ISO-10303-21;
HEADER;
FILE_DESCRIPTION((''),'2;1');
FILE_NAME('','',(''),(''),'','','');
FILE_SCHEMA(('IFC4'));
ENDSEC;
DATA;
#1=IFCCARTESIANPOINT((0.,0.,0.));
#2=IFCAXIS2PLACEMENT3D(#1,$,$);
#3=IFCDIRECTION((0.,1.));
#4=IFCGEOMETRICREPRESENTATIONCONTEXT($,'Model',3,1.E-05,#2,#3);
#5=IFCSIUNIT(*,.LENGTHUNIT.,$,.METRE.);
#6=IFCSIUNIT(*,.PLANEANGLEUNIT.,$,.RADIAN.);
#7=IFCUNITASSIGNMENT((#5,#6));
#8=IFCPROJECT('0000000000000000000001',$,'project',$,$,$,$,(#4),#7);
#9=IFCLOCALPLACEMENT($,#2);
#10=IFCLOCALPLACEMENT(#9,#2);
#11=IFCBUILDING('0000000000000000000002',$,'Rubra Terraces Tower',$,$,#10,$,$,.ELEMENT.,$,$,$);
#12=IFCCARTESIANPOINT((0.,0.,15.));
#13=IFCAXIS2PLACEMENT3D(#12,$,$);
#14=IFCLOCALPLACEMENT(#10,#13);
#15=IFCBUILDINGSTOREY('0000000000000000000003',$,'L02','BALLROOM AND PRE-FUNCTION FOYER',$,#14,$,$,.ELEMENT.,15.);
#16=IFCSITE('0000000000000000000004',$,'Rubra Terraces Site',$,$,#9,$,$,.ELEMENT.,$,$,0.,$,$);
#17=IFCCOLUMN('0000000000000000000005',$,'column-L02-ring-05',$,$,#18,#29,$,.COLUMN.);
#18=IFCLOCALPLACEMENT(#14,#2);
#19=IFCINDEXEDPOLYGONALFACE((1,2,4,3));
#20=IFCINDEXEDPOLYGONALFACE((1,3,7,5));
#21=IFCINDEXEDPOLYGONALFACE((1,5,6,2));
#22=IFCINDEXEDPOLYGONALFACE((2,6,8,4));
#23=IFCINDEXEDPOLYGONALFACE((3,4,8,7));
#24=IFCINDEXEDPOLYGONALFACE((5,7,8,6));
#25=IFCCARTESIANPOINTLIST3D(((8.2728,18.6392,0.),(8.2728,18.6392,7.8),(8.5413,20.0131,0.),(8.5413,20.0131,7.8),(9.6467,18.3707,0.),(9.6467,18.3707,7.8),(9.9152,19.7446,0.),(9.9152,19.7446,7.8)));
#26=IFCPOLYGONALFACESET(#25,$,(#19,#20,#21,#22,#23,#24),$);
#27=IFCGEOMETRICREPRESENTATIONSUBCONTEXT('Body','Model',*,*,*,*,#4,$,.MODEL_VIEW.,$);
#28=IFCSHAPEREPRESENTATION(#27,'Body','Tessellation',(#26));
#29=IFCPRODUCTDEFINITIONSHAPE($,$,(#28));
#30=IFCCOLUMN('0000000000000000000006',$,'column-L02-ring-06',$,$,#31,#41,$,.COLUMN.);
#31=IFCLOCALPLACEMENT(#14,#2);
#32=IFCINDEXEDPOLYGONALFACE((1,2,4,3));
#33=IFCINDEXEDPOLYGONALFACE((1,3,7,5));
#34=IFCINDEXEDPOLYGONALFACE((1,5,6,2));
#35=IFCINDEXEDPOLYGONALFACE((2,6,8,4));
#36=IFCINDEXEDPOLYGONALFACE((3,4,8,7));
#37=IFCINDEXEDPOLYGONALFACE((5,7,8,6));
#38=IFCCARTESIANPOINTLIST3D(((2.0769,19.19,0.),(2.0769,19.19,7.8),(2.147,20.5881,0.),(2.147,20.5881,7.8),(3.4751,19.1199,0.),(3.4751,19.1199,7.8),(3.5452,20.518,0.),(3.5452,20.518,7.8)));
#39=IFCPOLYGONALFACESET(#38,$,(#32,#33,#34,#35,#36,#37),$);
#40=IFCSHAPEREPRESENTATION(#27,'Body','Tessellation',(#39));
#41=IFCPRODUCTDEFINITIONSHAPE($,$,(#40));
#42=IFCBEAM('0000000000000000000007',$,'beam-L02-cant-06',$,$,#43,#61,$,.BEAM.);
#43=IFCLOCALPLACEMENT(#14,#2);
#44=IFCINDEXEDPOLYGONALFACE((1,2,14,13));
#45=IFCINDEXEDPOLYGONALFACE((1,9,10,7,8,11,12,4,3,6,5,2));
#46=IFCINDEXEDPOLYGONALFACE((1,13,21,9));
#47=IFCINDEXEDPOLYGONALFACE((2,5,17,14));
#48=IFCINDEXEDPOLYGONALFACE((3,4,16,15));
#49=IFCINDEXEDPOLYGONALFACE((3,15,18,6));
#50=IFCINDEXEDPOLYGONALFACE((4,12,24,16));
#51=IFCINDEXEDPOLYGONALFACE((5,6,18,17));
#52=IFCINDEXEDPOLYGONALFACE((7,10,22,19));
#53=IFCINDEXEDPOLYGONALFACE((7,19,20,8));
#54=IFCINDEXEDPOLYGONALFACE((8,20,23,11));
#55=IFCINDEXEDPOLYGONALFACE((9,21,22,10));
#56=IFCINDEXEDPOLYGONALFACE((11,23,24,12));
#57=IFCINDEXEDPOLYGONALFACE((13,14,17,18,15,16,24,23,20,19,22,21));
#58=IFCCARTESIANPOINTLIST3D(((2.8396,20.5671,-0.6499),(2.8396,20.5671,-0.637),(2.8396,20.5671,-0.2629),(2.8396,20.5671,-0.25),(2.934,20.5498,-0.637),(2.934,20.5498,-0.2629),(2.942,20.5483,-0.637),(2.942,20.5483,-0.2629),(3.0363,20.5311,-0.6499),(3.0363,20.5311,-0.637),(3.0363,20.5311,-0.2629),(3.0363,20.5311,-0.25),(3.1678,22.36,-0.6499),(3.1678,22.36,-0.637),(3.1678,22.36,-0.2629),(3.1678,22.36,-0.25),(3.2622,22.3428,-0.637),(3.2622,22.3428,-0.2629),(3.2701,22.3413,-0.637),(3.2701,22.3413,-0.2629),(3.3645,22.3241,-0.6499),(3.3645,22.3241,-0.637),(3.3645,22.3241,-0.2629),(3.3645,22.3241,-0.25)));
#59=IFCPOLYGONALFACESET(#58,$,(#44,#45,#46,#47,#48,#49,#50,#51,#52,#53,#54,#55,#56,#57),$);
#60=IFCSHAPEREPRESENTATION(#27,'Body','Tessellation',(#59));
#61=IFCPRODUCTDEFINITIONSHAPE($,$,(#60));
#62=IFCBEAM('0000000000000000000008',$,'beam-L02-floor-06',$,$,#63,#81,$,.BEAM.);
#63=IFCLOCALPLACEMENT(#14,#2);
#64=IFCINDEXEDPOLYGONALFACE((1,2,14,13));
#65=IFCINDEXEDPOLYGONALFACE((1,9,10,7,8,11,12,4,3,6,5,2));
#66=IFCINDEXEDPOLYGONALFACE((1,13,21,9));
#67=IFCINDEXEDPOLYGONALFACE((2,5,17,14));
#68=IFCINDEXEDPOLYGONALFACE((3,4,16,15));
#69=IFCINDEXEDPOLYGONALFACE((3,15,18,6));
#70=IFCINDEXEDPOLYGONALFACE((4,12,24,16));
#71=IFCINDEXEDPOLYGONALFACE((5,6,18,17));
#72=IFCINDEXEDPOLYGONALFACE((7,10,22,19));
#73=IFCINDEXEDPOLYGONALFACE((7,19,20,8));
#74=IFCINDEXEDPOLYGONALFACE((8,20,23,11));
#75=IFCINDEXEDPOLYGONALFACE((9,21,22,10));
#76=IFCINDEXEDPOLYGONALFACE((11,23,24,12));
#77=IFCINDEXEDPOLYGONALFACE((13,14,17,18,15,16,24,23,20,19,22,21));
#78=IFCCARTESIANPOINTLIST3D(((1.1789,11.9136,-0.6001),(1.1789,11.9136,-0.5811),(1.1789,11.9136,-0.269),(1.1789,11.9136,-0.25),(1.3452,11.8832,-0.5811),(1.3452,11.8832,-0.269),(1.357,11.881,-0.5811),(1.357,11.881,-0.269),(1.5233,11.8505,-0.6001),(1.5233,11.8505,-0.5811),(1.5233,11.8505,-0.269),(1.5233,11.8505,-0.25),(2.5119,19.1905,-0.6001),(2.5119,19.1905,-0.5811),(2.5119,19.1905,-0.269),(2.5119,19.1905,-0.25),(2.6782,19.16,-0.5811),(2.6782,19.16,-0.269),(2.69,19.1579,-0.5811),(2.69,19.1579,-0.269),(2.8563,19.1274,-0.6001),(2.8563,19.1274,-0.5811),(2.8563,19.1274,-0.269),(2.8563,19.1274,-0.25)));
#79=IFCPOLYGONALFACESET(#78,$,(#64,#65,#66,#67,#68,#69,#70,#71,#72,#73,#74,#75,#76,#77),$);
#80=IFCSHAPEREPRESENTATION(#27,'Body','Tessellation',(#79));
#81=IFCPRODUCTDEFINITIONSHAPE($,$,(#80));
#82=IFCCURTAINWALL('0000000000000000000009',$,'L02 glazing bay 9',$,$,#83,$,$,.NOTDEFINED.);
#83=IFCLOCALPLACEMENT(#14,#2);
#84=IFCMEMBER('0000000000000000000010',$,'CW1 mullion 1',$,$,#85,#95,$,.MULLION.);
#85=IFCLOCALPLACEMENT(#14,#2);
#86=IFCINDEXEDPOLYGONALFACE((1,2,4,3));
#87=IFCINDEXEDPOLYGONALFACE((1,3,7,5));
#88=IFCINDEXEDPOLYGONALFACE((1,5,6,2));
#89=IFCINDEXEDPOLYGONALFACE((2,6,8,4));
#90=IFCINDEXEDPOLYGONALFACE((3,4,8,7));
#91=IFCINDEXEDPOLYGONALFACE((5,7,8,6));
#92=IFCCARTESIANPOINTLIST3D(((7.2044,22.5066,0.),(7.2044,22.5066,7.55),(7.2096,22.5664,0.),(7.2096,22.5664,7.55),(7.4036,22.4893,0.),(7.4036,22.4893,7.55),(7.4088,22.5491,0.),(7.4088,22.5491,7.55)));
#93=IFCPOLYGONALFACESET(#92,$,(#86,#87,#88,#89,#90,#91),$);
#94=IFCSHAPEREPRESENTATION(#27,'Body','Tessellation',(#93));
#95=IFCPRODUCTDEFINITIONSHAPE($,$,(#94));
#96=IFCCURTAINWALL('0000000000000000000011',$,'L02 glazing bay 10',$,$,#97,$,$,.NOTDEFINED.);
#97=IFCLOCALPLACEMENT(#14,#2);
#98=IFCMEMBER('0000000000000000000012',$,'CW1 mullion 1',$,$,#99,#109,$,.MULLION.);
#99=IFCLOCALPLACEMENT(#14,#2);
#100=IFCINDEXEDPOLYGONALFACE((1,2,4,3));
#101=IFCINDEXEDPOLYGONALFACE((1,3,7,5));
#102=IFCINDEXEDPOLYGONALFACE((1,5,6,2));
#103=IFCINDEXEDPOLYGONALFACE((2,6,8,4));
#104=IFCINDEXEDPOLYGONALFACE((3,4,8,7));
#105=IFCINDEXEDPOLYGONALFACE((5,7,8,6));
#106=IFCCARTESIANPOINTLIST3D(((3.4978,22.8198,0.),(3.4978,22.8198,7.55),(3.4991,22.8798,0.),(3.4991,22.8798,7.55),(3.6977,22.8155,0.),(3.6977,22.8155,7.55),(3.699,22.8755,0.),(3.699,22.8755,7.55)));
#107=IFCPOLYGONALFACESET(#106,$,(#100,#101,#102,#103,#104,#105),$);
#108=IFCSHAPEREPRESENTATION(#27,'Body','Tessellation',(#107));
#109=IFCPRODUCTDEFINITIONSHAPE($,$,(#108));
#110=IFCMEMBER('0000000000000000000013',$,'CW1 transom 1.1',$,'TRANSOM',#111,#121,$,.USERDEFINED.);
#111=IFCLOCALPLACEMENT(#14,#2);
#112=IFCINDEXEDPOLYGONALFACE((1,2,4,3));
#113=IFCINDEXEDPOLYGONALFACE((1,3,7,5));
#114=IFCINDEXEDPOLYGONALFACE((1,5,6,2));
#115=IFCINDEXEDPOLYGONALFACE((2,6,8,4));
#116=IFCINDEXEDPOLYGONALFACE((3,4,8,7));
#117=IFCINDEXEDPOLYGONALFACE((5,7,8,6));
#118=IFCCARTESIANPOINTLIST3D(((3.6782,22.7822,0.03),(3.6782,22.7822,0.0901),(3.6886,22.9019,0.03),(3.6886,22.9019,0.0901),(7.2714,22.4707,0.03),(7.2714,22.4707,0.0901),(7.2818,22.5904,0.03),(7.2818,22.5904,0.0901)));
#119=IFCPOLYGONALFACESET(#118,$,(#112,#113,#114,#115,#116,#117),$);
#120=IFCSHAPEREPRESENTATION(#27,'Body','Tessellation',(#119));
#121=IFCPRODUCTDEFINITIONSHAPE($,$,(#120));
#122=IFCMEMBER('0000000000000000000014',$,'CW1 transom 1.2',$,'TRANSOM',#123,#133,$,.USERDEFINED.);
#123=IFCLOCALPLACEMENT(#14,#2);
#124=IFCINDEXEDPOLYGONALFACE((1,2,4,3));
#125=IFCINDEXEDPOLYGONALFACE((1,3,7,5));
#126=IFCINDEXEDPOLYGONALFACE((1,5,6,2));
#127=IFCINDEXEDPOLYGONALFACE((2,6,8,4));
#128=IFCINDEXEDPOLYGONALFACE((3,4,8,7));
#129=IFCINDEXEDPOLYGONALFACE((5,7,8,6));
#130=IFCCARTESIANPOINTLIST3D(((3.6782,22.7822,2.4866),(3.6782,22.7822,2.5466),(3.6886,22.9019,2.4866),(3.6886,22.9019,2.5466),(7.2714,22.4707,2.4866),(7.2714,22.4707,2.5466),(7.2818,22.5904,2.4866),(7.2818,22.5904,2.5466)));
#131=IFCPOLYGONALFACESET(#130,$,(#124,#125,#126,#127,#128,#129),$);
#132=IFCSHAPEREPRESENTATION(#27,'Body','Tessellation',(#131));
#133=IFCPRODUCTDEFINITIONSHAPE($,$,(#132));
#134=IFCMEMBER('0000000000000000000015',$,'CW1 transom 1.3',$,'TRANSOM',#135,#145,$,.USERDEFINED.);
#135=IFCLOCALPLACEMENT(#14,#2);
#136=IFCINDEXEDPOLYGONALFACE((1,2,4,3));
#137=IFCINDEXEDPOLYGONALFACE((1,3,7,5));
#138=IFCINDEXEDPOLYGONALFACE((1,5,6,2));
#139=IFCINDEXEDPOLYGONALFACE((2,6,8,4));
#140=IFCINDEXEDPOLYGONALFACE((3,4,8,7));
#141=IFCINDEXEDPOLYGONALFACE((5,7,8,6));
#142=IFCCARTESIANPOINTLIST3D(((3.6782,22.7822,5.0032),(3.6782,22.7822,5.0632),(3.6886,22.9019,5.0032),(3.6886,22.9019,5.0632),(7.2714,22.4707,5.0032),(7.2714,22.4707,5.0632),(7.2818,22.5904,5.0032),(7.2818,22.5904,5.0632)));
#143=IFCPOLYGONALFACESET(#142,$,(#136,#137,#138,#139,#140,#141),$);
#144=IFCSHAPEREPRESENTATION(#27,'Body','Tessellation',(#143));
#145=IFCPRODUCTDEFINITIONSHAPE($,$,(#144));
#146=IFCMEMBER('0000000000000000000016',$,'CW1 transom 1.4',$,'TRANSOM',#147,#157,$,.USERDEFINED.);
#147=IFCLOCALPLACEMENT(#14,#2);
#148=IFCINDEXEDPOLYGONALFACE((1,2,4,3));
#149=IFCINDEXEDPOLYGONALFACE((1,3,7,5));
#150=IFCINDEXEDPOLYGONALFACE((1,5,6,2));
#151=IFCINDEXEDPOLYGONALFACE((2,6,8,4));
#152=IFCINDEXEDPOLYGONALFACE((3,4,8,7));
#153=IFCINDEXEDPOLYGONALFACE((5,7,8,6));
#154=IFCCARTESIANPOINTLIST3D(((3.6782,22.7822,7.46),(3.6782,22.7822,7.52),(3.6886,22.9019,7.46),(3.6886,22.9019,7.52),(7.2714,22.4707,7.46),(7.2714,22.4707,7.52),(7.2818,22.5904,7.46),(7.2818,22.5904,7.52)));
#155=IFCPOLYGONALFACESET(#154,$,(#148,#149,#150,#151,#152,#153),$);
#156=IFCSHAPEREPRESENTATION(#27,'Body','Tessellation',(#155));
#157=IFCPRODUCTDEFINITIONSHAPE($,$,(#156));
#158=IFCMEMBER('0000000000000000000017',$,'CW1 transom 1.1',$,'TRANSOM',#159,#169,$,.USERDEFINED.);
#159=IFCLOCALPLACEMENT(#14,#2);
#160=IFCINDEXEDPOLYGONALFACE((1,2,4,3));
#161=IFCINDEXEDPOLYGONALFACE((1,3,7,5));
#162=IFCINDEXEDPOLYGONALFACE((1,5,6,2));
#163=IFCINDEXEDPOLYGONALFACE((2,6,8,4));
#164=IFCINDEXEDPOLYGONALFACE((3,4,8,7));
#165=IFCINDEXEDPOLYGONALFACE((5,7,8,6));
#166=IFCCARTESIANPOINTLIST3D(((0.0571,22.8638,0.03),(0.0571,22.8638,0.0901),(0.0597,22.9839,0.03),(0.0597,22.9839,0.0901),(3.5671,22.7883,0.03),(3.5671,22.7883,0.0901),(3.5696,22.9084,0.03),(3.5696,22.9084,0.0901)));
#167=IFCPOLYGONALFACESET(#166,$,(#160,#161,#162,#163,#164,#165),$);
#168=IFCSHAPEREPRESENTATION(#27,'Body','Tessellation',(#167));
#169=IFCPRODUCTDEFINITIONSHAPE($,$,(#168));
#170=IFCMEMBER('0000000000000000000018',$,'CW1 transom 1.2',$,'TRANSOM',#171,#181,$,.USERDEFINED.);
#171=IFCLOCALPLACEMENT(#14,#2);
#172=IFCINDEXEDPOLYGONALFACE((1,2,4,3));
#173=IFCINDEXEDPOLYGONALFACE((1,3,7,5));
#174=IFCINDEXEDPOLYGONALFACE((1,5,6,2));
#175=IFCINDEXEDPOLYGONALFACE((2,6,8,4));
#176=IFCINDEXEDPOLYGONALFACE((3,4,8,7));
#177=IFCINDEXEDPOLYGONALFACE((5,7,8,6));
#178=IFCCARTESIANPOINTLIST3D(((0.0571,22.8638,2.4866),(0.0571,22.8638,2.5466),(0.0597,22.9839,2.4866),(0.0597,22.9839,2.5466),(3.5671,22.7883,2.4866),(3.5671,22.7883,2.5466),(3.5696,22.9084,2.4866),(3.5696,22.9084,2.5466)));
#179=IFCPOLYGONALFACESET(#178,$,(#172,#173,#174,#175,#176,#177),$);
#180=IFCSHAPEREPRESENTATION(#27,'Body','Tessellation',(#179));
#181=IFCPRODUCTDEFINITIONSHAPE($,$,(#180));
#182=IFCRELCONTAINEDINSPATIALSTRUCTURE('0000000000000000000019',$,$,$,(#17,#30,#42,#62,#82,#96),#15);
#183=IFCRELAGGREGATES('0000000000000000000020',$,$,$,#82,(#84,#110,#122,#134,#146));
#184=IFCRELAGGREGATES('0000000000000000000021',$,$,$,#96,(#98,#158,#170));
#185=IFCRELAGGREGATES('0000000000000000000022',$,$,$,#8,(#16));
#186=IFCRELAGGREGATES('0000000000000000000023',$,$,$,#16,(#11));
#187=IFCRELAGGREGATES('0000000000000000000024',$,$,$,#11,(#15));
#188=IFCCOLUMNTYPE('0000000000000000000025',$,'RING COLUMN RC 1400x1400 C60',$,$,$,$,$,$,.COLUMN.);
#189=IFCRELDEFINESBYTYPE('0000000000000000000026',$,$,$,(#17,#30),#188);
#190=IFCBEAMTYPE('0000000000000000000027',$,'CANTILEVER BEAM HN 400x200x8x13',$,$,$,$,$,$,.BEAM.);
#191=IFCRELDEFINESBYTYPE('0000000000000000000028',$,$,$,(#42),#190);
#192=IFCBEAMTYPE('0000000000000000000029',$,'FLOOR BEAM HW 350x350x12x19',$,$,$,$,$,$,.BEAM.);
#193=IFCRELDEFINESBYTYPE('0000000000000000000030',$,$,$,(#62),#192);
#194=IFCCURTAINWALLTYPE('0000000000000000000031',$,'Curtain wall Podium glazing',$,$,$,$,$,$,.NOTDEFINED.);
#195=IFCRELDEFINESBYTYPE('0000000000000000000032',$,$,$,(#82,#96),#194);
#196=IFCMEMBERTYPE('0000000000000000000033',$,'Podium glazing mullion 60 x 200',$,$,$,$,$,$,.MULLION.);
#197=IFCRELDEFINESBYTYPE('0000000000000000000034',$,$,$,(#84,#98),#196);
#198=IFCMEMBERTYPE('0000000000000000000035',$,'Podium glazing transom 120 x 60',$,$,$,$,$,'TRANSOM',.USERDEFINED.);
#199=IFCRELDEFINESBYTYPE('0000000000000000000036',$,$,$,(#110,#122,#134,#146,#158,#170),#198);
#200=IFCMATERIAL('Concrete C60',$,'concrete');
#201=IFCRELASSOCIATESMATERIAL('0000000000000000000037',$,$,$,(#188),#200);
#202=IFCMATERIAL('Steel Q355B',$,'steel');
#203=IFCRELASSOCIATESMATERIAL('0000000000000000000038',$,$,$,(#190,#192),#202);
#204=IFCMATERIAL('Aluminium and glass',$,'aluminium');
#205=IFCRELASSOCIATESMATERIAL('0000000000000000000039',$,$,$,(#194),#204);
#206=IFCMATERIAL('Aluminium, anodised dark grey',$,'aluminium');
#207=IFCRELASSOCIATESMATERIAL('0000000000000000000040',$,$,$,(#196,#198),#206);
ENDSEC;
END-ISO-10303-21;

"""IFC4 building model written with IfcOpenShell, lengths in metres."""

from ifc_helpers import new_model, si_unit, direction, frame, origin, origin_2d, place, context, subcontext, project, spatial, rectangle, i_section, extrude, material, material_profile, profile_set, type_object, element, aggregate, save


model = new_model("IFC4")

# Units and contexts
model_context = context("Model", 3, precision=1e-05, world=origin(), true_north=direction((0.0, 1.0)))
body_context = subcontext(model_context, "Body", "Model", "MODEL_VIEW")
ifc_project = project(units=[si_unit("LENGTHUNIT", "METRE"), si_unit("PLANEANGLEUNIT", "RADIAN")], contexts=[model_context])

# Site, building, storey
site_placement = place(None, origin())
site = spatial("IfcSite", under=ifc_project, at=site_placement, Name="Rubra Terraces Site", CompositionType="ELEMENT", RefElevation=0.0)
building_placement = place(site_placement, origin())
building = spatial("IfcBuilding", under=site, at=building_placement, Name="Rubra Terraces Tower", CompositionType="ELEMENT")
storey_placement = place(building_placement, frame((0.0, 0.0, 15.0)))
storey = spatial("IfcBuildingStorey", under=building, at=storey_placement, Name="L02", Description="BALLROOM AND PRE-FUNCTION FOYER", CompositionType="ELEMENT", Elevation=15.0)

# Columns
ifc_material_1 = material(Name="Concrete C60", Category="concrete")
ifc_material_profile_1 = material_profile(ifc_material_1, rectangle(XDim=1.3999, YDim=1.3999, at=origin_2d()), Name="RC 1400x1400")
ifc_profile_set_1 = profile_set([ifc_material_profile_1], Name="Concrete C60")
column_type = type_object("IfcColumnType", Name="RING COLUMN RC 1400x1400 C60", PredefinedType="COLUMN", material=ifc_profile_set_1)
for number, where, z_axis, x_axis, name in (
    (1, (9.094, 19.1919, 0.0), (0.0, 0.0, 1.0), (-0.98143, 0.191819, 0.0), "column-L02-ring-05"),
    (2, (2.811, 19.854, 0.0), (0.0, 0.0, 1.0), (-0.998745, 0.050084, 0.0), "column-L02-ring-06"),
):
    element("IfcColumn", number, at=place(storey_placement, frame(where, z_axis=z_axis, x_axis=x_axis)), inside=storey, type_object=column_type, Name=name, PredefinedType="COLUMN", context=body_context, shape_type="SweptSolid", body=[
        extrude(rectangle(XDim=1.3999, YDim=1.3999, at=origin_2d()), origin(), (0.0, 0.0, 1.0), 7.8),
    ])

# Beams
ifc_material_2 = material(Name="Steel Q355B", Category="steel")
ifc_material_profile_2 = material_profile(ifc_material_2, i_section(OverallWidth=0.2, OverallDepth=0.3999, WebThickness=0.0081, FlangeThickness=0.0129, at=origin_2d()), Name="HN 400x200x8x13")
ifc_profile_set_2 = profile_set([ifc_material_profile_2], Name="Steel Q355B")
beam_type_1 = type_object("IfcBeamType", Name="CANTILEVER BEAM HN 400x200x8x13", PredefinedType="BEAM", material=ifc_profile_set_2)
beam_1_placement = place(storey_placement, frame((2.938, 20.5491, -0.45), z_axis=(0.180017, 0.983664, 0.0), x_axis=(-0.983664, 0.180017, 0.0)))
element("IfcBeam", 3, at=beam_1_placement, inside=storey, type_object=beam_type_1, Name="beam-L02-cant-06", PredefinedType="BEAM", context=body_context, shape_type="SweptSolid", body=[
    extrude(i_section(OverallWidth=0.2, OverallDepth=0.3999, WebThickness=0.0081, FlangeThickness=0.0129, at=origin_2d()), origin(), (0.0, 0.0, 1.0), 1.8228),
])
ifc_material_profile_3 = material_profile(ifc_material_2, i_section(OverallWidth=0.3501, OverallDepth=0.3501, WebThickness=0.012, FlangeThickness=0.019, at=origin_2d()), Name="HW 350x350x12x19")
ifc_profile_set_3 = profile_set([ifc_material_profile_3], Name="Steel Q355B")
beam_type_2 = type_object("IfcBeamType", Name="FLOOR BEAM HW 350x350x12x19", PredefinedType="BEAM", material=ifc_profile_set_3)
beam_2_placement = place(storey_placement, frame((2.6841, 19.1589, -0.425), z_axis=(-0.180186, -0.983632, 0.0), x_axis=(0.983632, -0.180186, 0.0)))
element("IfcBeam", 4, at=beam_2_placement, inside=storey, type_object=beam_type_2, Name="beam-L02-floor-06", PredefinedType="BEAM", context=body_context, shape_type="SweptSolid", body=[
    extrude(i_section(OverallWidth=0.3501, OverallDepth=0.3501, WebThickness=0.012, FlangeThickness=0.019, at=origin_2d()), origin(), (0.0, 0.0, 1.0), 7.3979),
])

# Curtain walls, members
ifc_material_3 = material(Name="Aluminium and glass", Category="aluminium")
curtain_wall_type = type_object("IfcCurtainWallType", Name="Curtain wall Podium glazing", PredefinedType="NOTDEFINED", material=ifc_material_3)
curtain_wall_1_placement = place(storey_placement, origin())
curtain_wall_1 = element("IfcCurtainWall", 5, at=curtain_wall_1_placement, inside=storey, type_object=curtain_wall_type, Name="L02 glazing bay 9", PredefinedType="NOTDEFINED")
ifc_material_4 = material(Name="Aluminium, anodised dark grey", Category="aluminium")
ifc_material_profile_4 = material_profile(ifc_material_4, rectangle(XDim=0.0601, YDim=0.2, at=origin_2d()), Name="AL 60x200")
ifc_profile_set_4 = profile_set([ifc_material_profile_4], Name="Aluminium, anodised dark grey")
member_type_1 = type_object("IfcMemberType", Name="Podium glazing mullion 60 x 200", PredefinedType="MULLION", material=ifc_profile_set_4)
member_1_placement = place(storey_placement, frame((7.3066, 22.5278, 0.0), z_axis=(0.0, 0.0, 1.0), x_axis=(-0.086398, -0.996261, 0.0)))
member_1 = element("IfcMember", 6, at=member_1_placement, type_object=member_type_1, Name="CW1 mullion 1", PredefinedType="MULLION", context=body_context, shape_type="SweptSolid", body=[
    extrude(rectangle(XDim=0.0601, YDim=0.2, at=origin_2d()), origin(), (0.0, 0.0, 1.0), 7.55),
])
curtain_wall_2_placement = place(storey_placement, origin())
curtain_wall_2 = element("IfcCurtainWall", 7, at=curtain_wall_2_placement, inside=storey, type_object=curtain_wall_type, Name="L02 glazing bay 10", PredefinedType="NOTDEFINED")
member_2_placement = place(storey_placement, frame((3.5984, 22.8477, 0.0), z_axis=(0.0, 0.0, 1.0), x_axis=(-0.021483, -0.999769, 0.0)))
member_2 = element("IfcMember", 8, at=member_2_placement, type_object=member_type_1, Name="CW1 mullion 1", PredefinedType="MULLION", context=body_context, shape_type="SweptSolid", body=[
    extrude(rectangle(XDim=0.0601, YDim=0.2, at=origin_2d()), origin(), (0.0, 0.0, 1.0), 7.55),
])

# Members
ifc_material_profile_5 = material_profile(ifc_material_4, rectangle(XDim=0.1201, YDim=0.0601, at=origin_2d()), Name="AL 120x60")
ifc_profile_set_5 = profile_set([ifc_material_profile_5], Name="Aluminium, anodised dark grey")
member_type_2 = type_object("IfcMemberType", Name="Podium glazing transom 120 x 60", ElementType="TRANSOM", PredefinedType="USERDEFINED", material=ifc_profile_set_5)
member_3_placement = place(storey_placement, frame((7.2766, 22.5305, 0.0601), z_axis=(-0.996263, 0.086373, 0.0), x_axis=(-0.086373, -0.996263, 0.0)))
member_3 = element("IfcMember", 9, at=member_3_placement, type_object=member_type_2, Name="CW1 transom 1.1", ObjectType="TRANSOM", PredefinedType="USERDEFINED", context=body_context, shape_type="SweptSolid", body=[
    extrude(rectangle(XDim=0.1201, YDim=0.0601, at=origin_2d()), origin(), (0.0, 0.0, 1.0), 3.6067),
])
member_4_placement = place(storey_placement, frame((7.2766, 22.5305, 2.5166), z_axis=(-0.996263, 0.086373, 0.0), x_axis=(-0.086373, -0.996263, 0.0)))
member_4 = element("IfcMember", 10, at=member_4_placement, type_object=member_type_2, Name="CW1 transom 1.2", ObjectType="TRANSOM", PredefinedType="USERDEFINED", context=body_context, shape_type="SweptSolid", body=[
    extrude(rectangle(XDim=0.1201, YDim=0.0601, at=origin_2d()), origin(), (0.0, 0.0, 1.0), 3.6067),
])
member_5_placement = place(storey_placement, frame((7.2766, 22.5305, 5.0332), z_axis=(-0.996263, 0.086373, 0.0), x_axis=(-0.086373, -0.996263, 0.0)))
member_5 = element("IfcMember", 11, at=member_5_placement, type_object=member_type_2, Name="CW1 transom 1.3", ObjectType="TRANSOM", PredefinedType="USERDEFINED", context=body_context, shape_type="SweptSolid", body=[
    extrude(rectangle(XDim=0.1201, YDim=0.0601, at=origin_2d()), origin(), (0.0, 0.0, 1.0), 3.6067),
])
member_6_placement = place(storey_placement, frame((7.2766, 22.5305, 7.49), z_axis=(-0.996263, 0.086373, 0.0), x_axis=(-0.086373, -0.996263, 0.0)))
member_6 = element("IfcMember", 12, at=member_6_placement, type_object=member_type_2, Name="CW1 transom 1.4", ObjectType="TRANSOM", PredefinedType="USERDEFINED", context=body_context, shape_type="SweptSolid", body=[
    extrude(rectangle(XDim=0.1201, YDim=0.0601, at=origin_2d()), origin(), (0.0, 0.0, 1.0), 3.6067),
])
member_7_placement = place(storey_placement, frame((3.5684, 22.8484, 0.0601), z_axis=(-0.999769, 0.021488, 0.0), x_axis=(-0.021488, -0.999769, 0.0)))
member_7 = element("IfcMember", 13, at=member_7_placement, type_object=member_type_2, Name="CW1 transom 1.1", ObjectType="TRANSOM", PredefinedType="USERDEFINED", context=body_context, shape_type="SweptSolid", body=[
    extrude(rectangle(XDim=0.1201, YDim=0.0601, at=origin_2d()), origin(), (0.0, 0.0, 1.0), 3.5107),
])
member_8_placement = place(storey_placement, frame((3.5684, 22.8484, 2.5166), z_axis=(-0.999769, 0.021488, 0.0), x_axis=(-0.021488, -0.999769, 0.0)))
member_8 = element("IfcMember", 14, at=member_8_placement, type_object=member_type_2, Name="CW1 transom 1.2", ObjectType="TRANSOM", PredefinedType="USERDEFINED", context=body_context, shape_type="SweptSolid", body=[
    extrude(rectangle(XDim=0.1201, YDim=0.0601, at=origin_2d()), origin(), (0.0, 0.0, 1.0), 3.5107),
])

aggregate(curtain_wall_1, [member_1, member_3, member_4, member_5, member_6])
aggregate(curtain_wall_2, [member_2, member_7, member_8])

save(model, "model.ifc")
